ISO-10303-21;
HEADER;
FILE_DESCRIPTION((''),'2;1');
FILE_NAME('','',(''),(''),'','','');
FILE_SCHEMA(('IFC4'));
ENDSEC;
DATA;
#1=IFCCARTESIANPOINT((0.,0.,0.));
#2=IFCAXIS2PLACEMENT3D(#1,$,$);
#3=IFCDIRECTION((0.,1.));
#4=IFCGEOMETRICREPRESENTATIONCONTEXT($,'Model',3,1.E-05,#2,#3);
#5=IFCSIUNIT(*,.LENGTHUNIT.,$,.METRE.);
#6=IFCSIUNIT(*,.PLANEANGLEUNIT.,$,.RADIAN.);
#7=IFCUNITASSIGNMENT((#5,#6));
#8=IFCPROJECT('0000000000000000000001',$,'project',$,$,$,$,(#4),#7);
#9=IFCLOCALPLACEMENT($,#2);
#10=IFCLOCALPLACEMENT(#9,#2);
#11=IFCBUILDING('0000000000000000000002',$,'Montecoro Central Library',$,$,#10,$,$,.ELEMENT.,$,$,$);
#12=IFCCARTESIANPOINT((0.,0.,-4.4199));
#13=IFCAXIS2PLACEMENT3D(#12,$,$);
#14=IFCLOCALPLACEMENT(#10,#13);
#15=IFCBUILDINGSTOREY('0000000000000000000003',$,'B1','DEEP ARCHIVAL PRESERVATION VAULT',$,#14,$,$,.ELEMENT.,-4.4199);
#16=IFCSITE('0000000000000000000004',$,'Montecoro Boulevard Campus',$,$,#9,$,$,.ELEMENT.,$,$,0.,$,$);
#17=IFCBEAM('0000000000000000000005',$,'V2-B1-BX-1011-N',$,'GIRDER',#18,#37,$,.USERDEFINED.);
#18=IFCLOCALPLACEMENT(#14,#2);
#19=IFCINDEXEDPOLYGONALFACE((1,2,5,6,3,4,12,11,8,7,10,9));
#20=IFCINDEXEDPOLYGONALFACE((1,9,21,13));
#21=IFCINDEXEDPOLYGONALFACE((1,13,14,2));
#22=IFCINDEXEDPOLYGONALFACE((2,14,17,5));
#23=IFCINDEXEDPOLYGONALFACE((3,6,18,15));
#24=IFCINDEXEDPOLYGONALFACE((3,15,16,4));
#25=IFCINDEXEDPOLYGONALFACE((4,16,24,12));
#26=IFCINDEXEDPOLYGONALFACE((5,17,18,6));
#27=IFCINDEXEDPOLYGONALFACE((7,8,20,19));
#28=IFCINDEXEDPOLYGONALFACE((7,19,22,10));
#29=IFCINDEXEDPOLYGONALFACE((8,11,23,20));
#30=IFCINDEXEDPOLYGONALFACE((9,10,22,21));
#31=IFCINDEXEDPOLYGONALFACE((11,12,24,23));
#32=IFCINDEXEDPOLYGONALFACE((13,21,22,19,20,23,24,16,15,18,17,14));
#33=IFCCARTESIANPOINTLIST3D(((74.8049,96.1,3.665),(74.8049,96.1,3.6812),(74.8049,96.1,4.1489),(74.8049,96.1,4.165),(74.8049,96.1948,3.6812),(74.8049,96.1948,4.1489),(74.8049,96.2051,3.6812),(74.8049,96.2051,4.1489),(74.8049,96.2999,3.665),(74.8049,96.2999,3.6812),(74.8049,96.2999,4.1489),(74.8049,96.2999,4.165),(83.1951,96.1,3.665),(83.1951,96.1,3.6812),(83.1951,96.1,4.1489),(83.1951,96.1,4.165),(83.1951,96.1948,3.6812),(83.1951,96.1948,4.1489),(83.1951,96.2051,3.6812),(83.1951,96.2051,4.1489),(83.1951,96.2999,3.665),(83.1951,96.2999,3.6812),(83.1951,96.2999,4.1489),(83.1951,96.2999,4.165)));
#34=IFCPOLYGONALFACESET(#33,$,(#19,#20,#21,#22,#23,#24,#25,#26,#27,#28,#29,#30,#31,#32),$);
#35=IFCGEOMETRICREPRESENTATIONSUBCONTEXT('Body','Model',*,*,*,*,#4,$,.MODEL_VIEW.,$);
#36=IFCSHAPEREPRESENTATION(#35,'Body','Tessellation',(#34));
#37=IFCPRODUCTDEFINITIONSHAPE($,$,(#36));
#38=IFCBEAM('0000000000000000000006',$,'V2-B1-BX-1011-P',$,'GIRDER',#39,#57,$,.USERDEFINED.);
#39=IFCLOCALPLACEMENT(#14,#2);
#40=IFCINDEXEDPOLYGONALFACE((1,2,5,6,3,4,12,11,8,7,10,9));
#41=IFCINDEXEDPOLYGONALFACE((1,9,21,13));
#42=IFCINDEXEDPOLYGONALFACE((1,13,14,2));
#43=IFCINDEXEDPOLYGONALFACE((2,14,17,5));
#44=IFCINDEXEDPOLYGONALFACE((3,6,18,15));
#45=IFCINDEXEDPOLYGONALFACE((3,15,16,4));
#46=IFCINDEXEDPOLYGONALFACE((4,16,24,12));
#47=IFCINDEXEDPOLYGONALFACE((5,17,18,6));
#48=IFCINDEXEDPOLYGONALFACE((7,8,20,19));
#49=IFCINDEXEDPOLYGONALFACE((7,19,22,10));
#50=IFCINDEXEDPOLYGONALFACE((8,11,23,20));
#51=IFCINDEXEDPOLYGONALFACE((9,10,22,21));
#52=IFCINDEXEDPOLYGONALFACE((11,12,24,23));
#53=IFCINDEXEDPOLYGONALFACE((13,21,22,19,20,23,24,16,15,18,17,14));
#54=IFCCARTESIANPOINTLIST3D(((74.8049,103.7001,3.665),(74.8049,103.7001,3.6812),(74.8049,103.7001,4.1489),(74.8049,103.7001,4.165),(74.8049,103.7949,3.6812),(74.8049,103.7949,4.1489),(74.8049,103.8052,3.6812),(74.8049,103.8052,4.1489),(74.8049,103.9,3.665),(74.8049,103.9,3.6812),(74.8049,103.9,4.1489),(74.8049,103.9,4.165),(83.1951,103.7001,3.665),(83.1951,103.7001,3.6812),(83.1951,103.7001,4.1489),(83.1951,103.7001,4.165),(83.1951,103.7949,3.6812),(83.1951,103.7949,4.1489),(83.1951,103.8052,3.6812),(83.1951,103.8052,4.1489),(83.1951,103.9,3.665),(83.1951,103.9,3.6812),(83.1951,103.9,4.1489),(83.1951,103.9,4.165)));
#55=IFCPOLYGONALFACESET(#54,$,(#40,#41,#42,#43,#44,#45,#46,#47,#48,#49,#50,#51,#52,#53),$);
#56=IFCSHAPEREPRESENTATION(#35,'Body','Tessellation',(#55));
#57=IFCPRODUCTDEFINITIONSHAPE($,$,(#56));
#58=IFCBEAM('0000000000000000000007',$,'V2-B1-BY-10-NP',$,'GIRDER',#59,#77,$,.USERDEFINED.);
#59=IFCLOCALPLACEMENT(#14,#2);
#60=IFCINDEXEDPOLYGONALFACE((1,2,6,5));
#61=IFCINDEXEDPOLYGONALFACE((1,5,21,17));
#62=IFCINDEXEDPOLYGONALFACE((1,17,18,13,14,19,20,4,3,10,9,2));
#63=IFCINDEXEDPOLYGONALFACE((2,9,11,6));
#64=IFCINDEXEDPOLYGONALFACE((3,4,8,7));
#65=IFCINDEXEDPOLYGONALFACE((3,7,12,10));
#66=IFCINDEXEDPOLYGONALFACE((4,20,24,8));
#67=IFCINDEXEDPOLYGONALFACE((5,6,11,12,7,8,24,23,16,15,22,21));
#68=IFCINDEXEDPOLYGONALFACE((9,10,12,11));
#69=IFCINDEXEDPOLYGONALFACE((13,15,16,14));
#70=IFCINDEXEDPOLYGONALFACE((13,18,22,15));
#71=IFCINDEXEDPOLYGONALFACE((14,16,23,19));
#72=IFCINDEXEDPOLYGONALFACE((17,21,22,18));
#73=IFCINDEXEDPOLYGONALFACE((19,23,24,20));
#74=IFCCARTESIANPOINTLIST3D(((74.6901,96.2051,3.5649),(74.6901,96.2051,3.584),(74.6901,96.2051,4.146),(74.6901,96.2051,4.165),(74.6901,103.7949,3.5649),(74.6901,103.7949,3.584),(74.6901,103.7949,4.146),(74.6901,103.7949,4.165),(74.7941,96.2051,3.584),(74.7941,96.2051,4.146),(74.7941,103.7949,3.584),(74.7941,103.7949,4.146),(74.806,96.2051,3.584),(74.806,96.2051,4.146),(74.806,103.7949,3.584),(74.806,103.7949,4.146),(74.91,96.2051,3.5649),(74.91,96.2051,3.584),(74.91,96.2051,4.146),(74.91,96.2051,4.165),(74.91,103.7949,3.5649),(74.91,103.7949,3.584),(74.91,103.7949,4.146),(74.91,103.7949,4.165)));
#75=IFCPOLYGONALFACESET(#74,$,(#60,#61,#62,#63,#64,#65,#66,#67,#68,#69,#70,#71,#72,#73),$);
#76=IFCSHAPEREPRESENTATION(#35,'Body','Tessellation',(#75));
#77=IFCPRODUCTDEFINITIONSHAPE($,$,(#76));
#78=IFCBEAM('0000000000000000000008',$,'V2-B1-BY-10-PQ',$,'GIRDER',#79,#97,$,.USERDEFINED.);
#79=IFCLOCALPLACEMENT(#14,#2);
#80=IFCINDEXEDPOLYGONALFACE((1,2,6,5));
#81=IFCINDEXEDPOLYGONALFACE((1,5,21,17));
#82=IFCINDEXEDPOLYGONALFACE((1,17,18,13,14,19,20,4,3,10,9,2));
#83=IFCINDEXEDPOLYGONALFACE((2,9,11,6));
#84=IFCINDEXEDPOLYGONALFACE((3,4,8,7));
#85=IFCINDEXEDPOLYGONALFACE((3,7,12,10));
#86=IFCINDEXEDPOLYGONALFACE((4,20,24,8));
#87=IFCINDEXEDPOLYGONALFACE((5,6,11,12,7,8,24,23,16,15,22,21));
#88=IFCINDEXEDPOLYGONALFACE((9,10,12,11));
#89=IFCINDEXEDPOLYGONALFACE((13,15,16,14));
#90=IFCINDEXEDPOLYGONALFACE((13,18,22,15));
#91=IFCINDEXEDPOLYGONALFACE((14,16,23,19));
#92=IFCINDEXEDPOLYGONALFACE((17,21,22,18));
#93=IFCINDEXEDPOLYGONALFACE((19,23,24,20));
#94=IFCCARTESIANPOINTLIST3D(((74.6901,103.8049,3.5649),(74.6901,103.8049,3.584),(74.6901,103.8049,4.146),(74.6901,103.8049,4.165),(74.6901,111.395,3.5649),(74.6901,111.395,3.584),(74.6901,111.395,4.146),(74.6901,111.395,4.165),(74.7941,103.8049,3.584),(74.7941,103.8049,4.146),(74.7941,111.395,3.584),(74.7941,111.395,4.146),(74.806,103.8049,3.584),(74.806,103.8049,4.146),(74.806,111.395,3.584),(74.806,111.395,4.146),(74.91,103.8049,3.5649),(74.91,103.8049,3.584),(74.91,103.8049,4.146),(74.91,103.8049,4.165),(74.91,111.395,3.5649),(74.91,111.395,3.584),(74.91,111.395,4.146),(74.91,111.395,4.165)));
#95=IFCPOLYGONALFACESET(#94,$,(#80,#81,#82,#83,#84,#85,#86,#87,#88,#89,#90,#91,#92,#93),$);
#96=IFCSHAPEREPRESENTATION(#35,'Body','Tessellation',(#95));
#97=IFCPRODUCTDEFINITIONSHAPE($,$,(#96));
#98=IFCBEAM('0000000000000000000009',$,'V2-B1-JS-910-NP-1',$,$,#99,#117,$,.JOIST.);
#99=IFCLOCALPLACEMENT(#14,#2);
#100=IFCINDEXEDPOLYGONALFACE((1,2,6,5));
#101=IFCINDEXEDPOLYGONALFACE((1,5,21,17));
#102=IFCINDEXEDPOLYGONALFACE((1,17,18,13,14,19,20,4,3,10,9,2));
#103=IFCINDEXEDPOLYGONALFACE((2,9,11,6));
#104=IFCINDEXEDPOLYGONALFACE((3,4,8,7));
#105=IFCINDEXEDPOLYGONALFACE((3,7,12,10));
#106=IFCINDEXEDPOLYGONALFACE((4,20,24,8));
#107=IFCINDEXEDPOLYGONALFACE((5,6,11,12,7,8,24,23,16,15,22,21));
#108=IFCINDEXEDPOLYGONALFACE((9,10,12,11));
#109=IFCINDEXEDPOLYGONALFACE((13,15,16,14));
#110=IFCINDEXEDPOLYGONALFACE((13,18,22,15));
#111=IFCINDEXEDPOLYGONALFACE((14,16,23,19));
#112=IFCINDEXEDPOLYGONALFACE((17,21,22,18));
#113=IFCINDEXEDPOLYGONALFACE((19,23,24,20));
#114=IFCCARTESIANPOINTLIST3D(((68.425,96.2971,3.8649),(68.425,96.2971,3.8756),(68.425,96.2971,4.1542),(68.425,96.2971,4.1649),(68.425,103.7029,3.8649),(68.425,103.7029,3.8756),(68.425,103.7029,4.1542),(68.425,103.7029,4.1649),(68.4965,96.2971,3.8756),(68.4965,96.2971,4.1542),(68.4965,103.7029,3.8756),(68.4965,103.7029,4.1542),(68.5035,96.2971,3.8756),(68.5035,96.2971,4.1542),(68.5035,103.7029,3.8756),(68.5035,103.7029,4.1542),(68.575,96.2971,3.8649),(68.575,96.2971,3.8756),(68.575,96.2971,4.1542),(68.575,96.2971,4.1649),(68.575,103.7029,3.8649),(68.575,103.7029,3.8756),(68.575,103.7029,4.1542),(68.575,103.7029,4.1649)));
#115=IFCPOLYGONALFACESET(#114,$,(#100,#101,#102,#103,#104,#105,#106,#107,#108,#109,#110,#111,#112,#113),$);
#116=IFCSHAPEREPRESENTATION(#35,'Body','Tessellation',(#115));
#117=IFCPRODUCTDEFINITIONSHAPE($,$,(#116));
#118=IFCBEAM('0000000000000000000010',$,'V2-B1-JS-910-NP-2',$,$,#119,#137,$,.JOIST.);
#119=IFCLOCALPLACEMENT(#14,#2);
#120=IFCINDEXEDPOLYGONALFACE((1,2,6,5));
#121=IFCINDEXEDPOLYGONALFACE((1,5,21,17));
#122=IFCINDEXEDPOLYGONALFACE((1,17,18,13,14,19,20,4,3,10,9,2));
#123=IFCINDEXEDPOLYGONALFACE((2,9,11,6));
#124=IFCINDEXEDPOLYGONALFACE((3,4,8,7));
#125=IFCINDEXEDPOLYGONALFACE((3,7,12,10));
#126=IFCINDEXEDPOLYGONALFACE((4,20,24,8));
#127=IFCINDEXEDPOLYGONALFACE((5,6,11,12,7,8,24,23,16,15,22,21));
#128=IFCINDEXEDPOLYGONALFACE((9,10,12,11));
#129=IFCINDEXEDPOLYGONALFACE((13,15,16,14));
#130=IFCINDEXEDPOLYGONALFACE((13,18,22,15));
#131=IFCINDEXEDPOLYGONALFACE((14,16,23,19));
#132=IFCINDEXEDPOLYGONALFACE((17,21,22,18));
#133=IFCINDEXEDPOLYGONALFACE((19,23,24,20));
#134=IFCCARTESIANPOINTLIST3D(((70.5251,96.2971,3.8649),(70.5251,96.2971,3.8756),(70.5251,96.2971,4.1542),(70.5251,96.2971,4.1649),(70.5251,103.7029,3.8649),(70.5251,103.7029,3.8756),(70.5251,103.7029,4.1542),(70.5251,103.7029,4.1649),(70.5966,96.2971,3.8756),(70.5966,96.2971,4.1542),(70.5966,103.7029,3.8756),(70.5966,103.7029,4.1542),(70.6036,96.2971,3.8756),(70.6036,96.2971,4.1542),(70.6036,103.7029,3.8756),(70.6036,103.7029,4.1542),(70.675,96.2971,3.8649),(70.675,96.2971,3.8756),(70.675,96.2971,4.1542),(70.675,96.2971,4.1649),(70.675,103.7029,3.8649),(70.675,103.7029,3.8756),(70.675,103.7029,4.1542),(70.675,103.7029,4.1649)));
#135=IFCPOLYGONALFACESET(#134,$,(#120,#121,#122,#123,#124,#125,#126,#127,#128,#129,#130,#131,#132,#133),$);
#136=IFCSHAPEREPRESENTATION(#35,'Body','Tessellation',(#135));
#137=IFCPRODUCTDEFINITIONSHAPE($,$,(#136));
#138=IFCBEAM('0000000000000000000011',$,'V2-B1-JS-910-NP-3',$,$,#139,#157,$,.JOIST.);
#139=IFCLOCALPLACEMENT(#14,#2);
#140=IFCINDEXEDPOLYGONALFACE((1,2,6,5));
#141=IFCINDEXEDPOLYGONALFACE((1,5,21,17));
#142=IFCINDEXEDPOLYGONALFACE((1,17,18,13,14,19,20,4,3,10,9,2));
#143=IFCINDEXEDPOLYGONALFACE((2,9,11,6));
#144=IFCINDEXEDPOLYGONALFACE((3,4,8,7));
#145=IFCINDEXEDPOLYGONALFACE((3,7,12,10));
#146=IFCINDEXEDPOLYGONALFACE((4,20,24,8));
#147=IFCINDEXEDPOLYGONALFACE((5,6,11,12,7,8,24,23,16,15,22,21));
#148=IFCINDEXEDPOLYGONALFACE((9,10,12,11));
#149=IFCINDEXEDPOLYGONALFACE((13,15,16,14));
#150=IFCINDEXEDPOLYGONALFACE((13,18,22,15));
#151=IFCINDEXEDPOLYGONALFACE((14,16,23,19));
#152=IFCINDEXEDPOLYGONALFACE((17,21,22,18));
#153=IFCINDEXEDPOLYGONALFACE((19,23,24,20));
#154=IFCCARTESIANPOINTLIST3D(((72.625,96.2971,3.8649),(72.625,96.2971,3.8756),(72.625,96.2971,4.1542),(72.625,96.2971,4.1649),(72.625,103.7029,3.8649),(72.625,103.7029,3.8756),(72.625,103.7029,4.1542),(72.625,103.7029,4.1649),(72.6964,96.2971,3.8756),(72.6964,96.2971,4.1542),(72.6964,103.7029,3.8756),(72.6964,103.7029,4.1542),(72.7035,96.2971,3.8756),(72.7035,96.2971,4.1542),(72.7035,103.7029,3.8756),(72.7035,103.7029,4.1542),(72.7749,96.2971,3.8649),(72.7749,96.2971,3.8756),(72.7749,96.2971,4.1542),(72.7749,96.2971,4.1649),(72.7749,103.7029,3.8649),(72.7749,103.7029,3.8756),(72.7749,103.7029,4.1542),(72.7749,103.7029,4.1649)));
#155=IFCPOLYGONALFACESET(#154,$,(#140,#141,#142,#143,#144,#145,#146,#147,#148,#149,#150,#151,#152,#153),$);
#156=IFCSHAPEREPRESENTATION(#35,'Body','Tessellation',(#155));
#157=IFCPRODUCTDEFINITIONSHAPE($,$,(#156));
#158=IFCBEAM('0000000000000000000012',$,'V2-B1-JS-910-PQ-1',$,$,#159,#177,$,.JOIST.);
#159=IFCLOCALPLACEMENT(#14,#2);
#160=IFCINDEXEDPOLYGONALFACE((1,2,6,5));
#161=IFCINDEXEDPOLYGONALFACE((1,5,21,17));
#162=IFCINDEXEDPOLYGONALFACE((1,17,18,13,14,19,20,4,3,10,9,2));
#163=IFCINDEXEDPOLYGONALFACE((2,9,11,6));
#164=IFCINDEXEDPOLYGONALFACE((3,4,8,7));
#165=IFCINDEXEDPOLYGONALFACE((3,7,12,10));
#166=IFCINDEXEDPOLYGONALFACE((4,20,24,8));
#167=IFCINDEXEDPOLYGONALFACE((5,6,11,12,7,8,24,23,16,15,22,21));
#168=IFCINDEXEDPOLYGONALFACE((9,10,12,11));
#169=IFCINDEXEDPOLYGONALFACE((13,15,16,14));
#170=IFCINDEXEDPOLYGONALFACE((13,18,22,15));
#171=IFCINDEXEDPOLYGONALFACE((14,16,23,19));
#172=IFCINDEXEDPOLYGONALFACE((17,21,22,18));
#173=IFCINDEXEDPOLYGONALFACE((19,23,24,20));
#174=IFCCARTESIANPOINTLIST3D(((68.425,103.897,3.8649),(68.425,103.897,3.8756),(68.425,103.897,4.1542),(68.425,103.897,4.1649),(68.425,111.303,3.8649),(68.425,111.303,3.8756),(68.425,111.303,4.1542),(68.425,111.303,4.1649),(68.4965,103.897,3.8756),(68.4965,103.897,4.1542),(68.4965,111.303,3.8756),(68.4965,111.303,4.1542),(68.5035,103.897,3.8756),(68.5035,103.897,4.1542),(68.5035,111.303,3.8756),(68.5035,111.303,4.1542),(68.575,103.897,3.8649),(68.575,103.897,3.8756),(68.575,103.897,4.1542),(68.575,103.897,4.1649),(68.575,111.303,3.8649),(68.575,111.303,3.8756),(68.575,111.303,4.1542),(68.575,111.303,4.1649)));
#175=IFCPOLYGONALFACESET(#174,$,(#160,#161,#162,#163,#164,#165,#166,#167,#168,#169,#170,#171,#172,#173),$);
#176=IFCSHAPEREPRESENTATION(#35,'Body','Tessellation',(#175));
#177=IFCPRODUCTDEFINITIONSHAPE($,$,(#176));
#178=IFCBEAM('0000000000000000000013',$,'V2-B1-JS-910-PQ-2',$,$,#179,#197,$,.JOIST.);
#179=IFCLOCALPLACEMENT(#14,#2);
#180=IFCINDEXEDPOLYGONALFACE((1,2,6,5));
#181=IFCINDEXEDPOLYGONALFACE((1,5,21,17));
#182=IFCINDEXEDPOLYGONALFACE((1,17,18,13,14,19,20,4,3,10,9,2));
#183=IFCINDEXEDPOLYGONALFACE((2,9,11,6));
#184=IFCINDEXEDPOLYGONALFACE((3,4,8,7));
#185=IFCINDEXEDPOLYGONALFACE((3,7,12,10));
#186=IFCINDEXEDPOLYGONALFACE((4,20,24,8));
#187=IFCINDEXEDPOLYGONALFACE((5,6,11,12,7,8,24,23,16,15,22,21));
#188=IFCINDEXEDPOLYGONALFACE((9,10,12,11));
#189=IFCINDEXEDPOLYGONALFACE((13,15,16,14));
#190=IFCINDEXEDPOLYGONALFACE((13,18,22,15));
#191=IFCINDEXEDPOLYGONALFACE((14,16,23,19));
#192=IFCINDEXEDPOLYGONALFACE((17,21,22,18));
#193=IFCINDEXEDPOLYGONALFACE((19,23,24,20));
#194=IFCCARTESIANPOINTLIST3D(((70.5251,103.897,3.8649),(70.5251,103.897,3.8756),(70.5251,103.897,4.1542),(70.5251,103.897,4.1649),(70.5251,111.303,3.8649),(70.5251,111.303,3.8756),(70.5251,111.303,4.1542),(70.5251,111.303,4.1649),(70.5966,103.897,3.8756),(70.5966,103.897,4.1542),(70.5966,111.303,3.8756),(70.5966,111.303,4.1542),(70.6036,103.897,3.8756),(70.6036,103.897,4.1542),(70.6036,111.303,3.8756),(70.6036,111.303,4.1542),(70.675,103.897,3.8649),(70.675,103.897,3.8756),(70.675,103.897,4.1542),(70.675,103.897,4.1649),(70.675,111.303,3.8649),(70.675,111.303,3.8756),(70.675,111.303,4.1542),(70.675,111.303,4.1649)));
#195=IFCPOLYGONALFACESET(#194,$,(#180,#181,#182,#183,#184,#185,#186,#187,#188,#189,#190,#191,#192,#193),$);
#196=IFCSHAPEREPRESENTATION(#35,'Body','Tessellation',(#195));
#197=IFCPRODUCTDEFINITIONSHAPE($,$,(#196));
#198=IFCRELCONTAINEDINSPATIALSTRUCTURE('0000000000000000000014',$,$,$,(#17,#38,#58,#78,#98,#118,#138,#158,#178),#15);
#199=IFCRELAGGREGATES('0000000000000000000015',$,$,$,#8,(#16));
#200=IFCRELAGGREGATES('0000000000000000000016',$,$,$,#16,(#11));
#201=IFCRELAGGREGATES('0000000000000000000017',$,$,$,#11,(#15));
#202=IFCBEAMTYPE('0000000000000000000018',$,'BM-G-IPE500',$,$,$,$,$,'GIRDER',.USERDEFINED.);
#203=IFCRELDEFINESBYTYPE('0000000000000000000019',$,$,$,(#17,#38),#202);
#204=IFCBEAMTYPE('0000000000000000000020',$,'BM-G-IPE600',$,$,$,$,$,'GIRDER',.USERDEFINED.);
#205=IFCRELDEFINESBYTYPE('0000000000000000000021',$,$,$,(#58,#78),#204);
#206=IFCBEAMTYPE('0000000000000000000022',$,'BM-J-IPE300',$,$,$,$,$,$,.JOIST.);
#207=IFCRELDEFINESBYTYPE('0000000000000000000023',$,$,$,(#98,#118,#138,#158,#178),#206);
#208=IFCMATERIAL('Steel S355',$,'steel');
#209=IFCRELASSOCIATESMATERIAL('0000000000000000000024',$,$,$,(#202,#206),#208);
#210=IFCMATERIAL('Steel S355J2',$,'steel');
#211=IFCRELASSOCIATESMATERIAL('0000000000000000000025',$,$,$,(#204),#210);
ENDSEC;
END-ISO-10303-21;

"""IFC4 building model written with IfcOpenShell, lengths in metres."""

from ifc_helpers import new_model, si_unit, direction, frame, origin, origin_2d, place, context, subcontext, project, spatial, i_section, extrude, material, material_profile, profile_set, type_object, element, save


model = new_model("IFC4")

# Units and contexts
model_context = context("Model", 3, precision=1e-05, world=origin(), true_north=direction((0.0, 1.0)))
body_context = subcontext(model_context, "Body", "Model", "MODEL_VIEW")
ifc_project = project(units=[si_unit("LENGTHUNIT", "METRE"), si_unit("PLANEANGLEUNIT", "RADIAN")], contexts=[model_context])

# Site, building, storey
site_placement = place(None, origin())
site = spatial("IfcSite", under=ifc_project, at=site_placement, Name="Montecoro Boulevard Campus", CompositionType="ELEMENT", RefElevation=0.0)
building_placement = place(site_placement, origin())
building = spatial("IfcBuilding", under=site, at=building_placement, Name="Montecoro Central Library", CompositionType="ELEMENT")
storey_placement = place(building_placement, frame((0.0, 0.0, -4.4199)))
storey = spatial("IfcBuildingStorey", under=building, at=storey_placement, Name="B1", Description="DEEP ARCHIVAL PRESERVATION VAULT", CompositionType="ELEMENT", Elevation=-4.4199)

# Shared definitions
ifc_material_1 = material(Name="Steel S355J2", Category="steel")

# Beams
ifc_material_2 = material(Name="Steel S355", Category="steel")
ifc_material_profile_1 = material_profile(ifc_material_2, i_section(OverallWidth=0.2, OverallDepth=0.5, WebThickness=0.0103, FlangeThickness=0.0161, at=origin_2d()), Name="IPE 500")
ifc_profile_set_1 = profile_set([ifc_material_profile_1], Name="Steel S355")
beam_type_1 = type_object("IfcBeamType", Name="BM-G-IPE500", ElementType="GIRDER", PredefinedType="USERDEFINED", material=ifc_profile_set_1)
for number, where, z_axis, x_axis, name in (
    (1, (74.8049, 96.2, 3.915), (1.0, 0.0, 0.0), (0.0, 1.0, 0.0), "V2-B1-BX-1011-N"),
    (2, (74.8049, 103.8, 3.915), (1.0, 0.0, 0.0), (0.0, 1.0, 0.0), "V2-B1-BX-1011-P"),
):
    element("IfcBeam", number, at=place(storey_placement, frame(where, z_axis=z_axis, x_axis=x_axis)), inside=storey, type_object=beam_type_1, Name=name, ObjectType="GIRDER", PredefinedType="USERDEFINED", context=body_context, shape_type="SweptSolid", body=[
        extrude(i_section(OverallWidth=0.2, OverallDepth=0.5, WebThickness=0.0103, FlangeThickness=0.0161, at=origin_2d()), origin(), (0.0, 0.0, 1.0), 8.3901),
    ])
ifc_material_profile_2 = material_profile(ifc_material_1, i_section(OverallWidth=0.22, OverallDepth=0.6001, WebThickness=0.012, FlangeThickness=0.019, at=origin_2d()), Name="IPE 600")
ifc_profile_set_2 = profile_set([ifc_material_profile_2], Name="Steel S355J2")
beam_type_2 = type_object("IfcBeamType", Name="BM-G-IPE600", ElementType="GIRDER", PredefinedType="USERDEFINED", material=ifc_profile_set_2)
beam_1_placement = place(storey_placement, frame((74.8, 96.2051, 3.865), z_axis=(0.0, 1.0, 0.0), x_axis=(-1.0, 0.0, 0.0)))
element("IfcBeam", 3, at=beam_1_placement, inside=storey, type_object=beam_type_2, Name="V2-B1-BY-10-NP", ObjectType="GIRDER", PredefinedType="USERDEFINED", context=body_context, shape_type="SweptSolid", body=[
    extrude(i_section(OverallWidth=0.22, OverallDepth=0.6001, WebThickness=0.012, FlangeThickness=0.019, at=origin_2d()), origin(), (0.0, 0.0, 1.0), 7.5898),
])
beam_2_placement = place(storey_placement, frame((74.8, 103.8049, 3.865), z_axis=(0.0, 1.0, 0.0), x_axis=(-1.0, 0.0, 0.0)))
element("IfcBeam", 4, at=beam_2_placement, inside=storey, type_object=beam_type_2, Name="V2-B1-BY-10-PQ", ObjectType="GIRDER", PredefinedType="USERDEFINED", context=body_context, shape_type="SweptSolid", body=[
    extrude(i_section(OverallWidth=0.22, OverallDepth=0.6001, WebThickness=0.012, FlangeThickness=0.019, at=origin_2d()), origin(), (0.0, 0.0, 1.0), 7.5901),
])
ifc_material_profile_3 = material_profile(ifc_material_2, i_section(OverallWidth=0.1499, OverallDepth=0.3, WebThickness=0.0071, FlangeThickness=0.0107, at=origin_2d()), Name="IPE 300")
ifc_profile_set_3 = profile_set([ifc_material_profile_3], Name="Steel S355")
beam_type_3 = type_object("IfcBeamType", Name="BM-J-IPE300", PredefinedType="JOIST", material=ifc_profile_set_3)
for number, where, z_axis, x_axis, name in (
    (5, (68.5, 96.2971, 4.0149), (0.0, 1.0, 0.0), (-1.0, 0.0, 0.0), "V2-B1-JS-910-NP-1"),
    (6, (70.6001, 96.2971, 4.0149), (0.0, 1.0, 0.0), (-1.0, 0.0, 0.0), "V2-B1-JS-910-NP-2"),
    (7, (72.7, 96.2971, 4.0149), (0.0, 1.0, 0.0), (-1.0, 0.0, 0.0), "V2-B1-JS-910-NP-3"),
):
    element("IfcBeam", number, at=place(storey_placement, frame(where, z_axis=z_axis, x_axis=x_axis)), inside=storey, type_object=beam_type_3, Name=name, PredefinedType="JOIST", context=body_context, shape_type="SweptSolid", body=[
        extrude(i_section(OverallWidth=0.1499, OverallDepth=0.3, WebThickness=0.0071, FlangeThickness=0.0107, at=origin_2d()), origin(), (0.0, 0.0, 1.0), 7.4058),
    ])
for number, where, z_axis, x_axis, name in (
    (8, (68.5, 103.897, 4.0149), (0.0, 1.0, 0.0), (-1.0, 0.0, 0.0), "V2-B1-JS-910-PQ-1"),
    (9, (70.6001, 103.897, 4.0149), (0.0, 1.0, 0.0), (-1.0, 0.0, 0.0), "V2-B1-JS-910-PQ-2"),
):
    element("IfcBeam", number, at=place(storey_placement, frame(where, z_axis=z_axis, x_axis=x_axis)), inside=storey, type_object=beam_type_3, Name=name, PredefinedType="JOIST", context=body_context, shape_type="SweptSolid", body=[
        extrude(i_section(OverallWidth=0.1499, OverallDepth=0.3, WebThickness=0.0071, FlangeThickness=0.0107, at=origin_2d()), origin(), (0.0, 0.0, 1.0), 7.406),
    ])

save(model, "model.ifc")
